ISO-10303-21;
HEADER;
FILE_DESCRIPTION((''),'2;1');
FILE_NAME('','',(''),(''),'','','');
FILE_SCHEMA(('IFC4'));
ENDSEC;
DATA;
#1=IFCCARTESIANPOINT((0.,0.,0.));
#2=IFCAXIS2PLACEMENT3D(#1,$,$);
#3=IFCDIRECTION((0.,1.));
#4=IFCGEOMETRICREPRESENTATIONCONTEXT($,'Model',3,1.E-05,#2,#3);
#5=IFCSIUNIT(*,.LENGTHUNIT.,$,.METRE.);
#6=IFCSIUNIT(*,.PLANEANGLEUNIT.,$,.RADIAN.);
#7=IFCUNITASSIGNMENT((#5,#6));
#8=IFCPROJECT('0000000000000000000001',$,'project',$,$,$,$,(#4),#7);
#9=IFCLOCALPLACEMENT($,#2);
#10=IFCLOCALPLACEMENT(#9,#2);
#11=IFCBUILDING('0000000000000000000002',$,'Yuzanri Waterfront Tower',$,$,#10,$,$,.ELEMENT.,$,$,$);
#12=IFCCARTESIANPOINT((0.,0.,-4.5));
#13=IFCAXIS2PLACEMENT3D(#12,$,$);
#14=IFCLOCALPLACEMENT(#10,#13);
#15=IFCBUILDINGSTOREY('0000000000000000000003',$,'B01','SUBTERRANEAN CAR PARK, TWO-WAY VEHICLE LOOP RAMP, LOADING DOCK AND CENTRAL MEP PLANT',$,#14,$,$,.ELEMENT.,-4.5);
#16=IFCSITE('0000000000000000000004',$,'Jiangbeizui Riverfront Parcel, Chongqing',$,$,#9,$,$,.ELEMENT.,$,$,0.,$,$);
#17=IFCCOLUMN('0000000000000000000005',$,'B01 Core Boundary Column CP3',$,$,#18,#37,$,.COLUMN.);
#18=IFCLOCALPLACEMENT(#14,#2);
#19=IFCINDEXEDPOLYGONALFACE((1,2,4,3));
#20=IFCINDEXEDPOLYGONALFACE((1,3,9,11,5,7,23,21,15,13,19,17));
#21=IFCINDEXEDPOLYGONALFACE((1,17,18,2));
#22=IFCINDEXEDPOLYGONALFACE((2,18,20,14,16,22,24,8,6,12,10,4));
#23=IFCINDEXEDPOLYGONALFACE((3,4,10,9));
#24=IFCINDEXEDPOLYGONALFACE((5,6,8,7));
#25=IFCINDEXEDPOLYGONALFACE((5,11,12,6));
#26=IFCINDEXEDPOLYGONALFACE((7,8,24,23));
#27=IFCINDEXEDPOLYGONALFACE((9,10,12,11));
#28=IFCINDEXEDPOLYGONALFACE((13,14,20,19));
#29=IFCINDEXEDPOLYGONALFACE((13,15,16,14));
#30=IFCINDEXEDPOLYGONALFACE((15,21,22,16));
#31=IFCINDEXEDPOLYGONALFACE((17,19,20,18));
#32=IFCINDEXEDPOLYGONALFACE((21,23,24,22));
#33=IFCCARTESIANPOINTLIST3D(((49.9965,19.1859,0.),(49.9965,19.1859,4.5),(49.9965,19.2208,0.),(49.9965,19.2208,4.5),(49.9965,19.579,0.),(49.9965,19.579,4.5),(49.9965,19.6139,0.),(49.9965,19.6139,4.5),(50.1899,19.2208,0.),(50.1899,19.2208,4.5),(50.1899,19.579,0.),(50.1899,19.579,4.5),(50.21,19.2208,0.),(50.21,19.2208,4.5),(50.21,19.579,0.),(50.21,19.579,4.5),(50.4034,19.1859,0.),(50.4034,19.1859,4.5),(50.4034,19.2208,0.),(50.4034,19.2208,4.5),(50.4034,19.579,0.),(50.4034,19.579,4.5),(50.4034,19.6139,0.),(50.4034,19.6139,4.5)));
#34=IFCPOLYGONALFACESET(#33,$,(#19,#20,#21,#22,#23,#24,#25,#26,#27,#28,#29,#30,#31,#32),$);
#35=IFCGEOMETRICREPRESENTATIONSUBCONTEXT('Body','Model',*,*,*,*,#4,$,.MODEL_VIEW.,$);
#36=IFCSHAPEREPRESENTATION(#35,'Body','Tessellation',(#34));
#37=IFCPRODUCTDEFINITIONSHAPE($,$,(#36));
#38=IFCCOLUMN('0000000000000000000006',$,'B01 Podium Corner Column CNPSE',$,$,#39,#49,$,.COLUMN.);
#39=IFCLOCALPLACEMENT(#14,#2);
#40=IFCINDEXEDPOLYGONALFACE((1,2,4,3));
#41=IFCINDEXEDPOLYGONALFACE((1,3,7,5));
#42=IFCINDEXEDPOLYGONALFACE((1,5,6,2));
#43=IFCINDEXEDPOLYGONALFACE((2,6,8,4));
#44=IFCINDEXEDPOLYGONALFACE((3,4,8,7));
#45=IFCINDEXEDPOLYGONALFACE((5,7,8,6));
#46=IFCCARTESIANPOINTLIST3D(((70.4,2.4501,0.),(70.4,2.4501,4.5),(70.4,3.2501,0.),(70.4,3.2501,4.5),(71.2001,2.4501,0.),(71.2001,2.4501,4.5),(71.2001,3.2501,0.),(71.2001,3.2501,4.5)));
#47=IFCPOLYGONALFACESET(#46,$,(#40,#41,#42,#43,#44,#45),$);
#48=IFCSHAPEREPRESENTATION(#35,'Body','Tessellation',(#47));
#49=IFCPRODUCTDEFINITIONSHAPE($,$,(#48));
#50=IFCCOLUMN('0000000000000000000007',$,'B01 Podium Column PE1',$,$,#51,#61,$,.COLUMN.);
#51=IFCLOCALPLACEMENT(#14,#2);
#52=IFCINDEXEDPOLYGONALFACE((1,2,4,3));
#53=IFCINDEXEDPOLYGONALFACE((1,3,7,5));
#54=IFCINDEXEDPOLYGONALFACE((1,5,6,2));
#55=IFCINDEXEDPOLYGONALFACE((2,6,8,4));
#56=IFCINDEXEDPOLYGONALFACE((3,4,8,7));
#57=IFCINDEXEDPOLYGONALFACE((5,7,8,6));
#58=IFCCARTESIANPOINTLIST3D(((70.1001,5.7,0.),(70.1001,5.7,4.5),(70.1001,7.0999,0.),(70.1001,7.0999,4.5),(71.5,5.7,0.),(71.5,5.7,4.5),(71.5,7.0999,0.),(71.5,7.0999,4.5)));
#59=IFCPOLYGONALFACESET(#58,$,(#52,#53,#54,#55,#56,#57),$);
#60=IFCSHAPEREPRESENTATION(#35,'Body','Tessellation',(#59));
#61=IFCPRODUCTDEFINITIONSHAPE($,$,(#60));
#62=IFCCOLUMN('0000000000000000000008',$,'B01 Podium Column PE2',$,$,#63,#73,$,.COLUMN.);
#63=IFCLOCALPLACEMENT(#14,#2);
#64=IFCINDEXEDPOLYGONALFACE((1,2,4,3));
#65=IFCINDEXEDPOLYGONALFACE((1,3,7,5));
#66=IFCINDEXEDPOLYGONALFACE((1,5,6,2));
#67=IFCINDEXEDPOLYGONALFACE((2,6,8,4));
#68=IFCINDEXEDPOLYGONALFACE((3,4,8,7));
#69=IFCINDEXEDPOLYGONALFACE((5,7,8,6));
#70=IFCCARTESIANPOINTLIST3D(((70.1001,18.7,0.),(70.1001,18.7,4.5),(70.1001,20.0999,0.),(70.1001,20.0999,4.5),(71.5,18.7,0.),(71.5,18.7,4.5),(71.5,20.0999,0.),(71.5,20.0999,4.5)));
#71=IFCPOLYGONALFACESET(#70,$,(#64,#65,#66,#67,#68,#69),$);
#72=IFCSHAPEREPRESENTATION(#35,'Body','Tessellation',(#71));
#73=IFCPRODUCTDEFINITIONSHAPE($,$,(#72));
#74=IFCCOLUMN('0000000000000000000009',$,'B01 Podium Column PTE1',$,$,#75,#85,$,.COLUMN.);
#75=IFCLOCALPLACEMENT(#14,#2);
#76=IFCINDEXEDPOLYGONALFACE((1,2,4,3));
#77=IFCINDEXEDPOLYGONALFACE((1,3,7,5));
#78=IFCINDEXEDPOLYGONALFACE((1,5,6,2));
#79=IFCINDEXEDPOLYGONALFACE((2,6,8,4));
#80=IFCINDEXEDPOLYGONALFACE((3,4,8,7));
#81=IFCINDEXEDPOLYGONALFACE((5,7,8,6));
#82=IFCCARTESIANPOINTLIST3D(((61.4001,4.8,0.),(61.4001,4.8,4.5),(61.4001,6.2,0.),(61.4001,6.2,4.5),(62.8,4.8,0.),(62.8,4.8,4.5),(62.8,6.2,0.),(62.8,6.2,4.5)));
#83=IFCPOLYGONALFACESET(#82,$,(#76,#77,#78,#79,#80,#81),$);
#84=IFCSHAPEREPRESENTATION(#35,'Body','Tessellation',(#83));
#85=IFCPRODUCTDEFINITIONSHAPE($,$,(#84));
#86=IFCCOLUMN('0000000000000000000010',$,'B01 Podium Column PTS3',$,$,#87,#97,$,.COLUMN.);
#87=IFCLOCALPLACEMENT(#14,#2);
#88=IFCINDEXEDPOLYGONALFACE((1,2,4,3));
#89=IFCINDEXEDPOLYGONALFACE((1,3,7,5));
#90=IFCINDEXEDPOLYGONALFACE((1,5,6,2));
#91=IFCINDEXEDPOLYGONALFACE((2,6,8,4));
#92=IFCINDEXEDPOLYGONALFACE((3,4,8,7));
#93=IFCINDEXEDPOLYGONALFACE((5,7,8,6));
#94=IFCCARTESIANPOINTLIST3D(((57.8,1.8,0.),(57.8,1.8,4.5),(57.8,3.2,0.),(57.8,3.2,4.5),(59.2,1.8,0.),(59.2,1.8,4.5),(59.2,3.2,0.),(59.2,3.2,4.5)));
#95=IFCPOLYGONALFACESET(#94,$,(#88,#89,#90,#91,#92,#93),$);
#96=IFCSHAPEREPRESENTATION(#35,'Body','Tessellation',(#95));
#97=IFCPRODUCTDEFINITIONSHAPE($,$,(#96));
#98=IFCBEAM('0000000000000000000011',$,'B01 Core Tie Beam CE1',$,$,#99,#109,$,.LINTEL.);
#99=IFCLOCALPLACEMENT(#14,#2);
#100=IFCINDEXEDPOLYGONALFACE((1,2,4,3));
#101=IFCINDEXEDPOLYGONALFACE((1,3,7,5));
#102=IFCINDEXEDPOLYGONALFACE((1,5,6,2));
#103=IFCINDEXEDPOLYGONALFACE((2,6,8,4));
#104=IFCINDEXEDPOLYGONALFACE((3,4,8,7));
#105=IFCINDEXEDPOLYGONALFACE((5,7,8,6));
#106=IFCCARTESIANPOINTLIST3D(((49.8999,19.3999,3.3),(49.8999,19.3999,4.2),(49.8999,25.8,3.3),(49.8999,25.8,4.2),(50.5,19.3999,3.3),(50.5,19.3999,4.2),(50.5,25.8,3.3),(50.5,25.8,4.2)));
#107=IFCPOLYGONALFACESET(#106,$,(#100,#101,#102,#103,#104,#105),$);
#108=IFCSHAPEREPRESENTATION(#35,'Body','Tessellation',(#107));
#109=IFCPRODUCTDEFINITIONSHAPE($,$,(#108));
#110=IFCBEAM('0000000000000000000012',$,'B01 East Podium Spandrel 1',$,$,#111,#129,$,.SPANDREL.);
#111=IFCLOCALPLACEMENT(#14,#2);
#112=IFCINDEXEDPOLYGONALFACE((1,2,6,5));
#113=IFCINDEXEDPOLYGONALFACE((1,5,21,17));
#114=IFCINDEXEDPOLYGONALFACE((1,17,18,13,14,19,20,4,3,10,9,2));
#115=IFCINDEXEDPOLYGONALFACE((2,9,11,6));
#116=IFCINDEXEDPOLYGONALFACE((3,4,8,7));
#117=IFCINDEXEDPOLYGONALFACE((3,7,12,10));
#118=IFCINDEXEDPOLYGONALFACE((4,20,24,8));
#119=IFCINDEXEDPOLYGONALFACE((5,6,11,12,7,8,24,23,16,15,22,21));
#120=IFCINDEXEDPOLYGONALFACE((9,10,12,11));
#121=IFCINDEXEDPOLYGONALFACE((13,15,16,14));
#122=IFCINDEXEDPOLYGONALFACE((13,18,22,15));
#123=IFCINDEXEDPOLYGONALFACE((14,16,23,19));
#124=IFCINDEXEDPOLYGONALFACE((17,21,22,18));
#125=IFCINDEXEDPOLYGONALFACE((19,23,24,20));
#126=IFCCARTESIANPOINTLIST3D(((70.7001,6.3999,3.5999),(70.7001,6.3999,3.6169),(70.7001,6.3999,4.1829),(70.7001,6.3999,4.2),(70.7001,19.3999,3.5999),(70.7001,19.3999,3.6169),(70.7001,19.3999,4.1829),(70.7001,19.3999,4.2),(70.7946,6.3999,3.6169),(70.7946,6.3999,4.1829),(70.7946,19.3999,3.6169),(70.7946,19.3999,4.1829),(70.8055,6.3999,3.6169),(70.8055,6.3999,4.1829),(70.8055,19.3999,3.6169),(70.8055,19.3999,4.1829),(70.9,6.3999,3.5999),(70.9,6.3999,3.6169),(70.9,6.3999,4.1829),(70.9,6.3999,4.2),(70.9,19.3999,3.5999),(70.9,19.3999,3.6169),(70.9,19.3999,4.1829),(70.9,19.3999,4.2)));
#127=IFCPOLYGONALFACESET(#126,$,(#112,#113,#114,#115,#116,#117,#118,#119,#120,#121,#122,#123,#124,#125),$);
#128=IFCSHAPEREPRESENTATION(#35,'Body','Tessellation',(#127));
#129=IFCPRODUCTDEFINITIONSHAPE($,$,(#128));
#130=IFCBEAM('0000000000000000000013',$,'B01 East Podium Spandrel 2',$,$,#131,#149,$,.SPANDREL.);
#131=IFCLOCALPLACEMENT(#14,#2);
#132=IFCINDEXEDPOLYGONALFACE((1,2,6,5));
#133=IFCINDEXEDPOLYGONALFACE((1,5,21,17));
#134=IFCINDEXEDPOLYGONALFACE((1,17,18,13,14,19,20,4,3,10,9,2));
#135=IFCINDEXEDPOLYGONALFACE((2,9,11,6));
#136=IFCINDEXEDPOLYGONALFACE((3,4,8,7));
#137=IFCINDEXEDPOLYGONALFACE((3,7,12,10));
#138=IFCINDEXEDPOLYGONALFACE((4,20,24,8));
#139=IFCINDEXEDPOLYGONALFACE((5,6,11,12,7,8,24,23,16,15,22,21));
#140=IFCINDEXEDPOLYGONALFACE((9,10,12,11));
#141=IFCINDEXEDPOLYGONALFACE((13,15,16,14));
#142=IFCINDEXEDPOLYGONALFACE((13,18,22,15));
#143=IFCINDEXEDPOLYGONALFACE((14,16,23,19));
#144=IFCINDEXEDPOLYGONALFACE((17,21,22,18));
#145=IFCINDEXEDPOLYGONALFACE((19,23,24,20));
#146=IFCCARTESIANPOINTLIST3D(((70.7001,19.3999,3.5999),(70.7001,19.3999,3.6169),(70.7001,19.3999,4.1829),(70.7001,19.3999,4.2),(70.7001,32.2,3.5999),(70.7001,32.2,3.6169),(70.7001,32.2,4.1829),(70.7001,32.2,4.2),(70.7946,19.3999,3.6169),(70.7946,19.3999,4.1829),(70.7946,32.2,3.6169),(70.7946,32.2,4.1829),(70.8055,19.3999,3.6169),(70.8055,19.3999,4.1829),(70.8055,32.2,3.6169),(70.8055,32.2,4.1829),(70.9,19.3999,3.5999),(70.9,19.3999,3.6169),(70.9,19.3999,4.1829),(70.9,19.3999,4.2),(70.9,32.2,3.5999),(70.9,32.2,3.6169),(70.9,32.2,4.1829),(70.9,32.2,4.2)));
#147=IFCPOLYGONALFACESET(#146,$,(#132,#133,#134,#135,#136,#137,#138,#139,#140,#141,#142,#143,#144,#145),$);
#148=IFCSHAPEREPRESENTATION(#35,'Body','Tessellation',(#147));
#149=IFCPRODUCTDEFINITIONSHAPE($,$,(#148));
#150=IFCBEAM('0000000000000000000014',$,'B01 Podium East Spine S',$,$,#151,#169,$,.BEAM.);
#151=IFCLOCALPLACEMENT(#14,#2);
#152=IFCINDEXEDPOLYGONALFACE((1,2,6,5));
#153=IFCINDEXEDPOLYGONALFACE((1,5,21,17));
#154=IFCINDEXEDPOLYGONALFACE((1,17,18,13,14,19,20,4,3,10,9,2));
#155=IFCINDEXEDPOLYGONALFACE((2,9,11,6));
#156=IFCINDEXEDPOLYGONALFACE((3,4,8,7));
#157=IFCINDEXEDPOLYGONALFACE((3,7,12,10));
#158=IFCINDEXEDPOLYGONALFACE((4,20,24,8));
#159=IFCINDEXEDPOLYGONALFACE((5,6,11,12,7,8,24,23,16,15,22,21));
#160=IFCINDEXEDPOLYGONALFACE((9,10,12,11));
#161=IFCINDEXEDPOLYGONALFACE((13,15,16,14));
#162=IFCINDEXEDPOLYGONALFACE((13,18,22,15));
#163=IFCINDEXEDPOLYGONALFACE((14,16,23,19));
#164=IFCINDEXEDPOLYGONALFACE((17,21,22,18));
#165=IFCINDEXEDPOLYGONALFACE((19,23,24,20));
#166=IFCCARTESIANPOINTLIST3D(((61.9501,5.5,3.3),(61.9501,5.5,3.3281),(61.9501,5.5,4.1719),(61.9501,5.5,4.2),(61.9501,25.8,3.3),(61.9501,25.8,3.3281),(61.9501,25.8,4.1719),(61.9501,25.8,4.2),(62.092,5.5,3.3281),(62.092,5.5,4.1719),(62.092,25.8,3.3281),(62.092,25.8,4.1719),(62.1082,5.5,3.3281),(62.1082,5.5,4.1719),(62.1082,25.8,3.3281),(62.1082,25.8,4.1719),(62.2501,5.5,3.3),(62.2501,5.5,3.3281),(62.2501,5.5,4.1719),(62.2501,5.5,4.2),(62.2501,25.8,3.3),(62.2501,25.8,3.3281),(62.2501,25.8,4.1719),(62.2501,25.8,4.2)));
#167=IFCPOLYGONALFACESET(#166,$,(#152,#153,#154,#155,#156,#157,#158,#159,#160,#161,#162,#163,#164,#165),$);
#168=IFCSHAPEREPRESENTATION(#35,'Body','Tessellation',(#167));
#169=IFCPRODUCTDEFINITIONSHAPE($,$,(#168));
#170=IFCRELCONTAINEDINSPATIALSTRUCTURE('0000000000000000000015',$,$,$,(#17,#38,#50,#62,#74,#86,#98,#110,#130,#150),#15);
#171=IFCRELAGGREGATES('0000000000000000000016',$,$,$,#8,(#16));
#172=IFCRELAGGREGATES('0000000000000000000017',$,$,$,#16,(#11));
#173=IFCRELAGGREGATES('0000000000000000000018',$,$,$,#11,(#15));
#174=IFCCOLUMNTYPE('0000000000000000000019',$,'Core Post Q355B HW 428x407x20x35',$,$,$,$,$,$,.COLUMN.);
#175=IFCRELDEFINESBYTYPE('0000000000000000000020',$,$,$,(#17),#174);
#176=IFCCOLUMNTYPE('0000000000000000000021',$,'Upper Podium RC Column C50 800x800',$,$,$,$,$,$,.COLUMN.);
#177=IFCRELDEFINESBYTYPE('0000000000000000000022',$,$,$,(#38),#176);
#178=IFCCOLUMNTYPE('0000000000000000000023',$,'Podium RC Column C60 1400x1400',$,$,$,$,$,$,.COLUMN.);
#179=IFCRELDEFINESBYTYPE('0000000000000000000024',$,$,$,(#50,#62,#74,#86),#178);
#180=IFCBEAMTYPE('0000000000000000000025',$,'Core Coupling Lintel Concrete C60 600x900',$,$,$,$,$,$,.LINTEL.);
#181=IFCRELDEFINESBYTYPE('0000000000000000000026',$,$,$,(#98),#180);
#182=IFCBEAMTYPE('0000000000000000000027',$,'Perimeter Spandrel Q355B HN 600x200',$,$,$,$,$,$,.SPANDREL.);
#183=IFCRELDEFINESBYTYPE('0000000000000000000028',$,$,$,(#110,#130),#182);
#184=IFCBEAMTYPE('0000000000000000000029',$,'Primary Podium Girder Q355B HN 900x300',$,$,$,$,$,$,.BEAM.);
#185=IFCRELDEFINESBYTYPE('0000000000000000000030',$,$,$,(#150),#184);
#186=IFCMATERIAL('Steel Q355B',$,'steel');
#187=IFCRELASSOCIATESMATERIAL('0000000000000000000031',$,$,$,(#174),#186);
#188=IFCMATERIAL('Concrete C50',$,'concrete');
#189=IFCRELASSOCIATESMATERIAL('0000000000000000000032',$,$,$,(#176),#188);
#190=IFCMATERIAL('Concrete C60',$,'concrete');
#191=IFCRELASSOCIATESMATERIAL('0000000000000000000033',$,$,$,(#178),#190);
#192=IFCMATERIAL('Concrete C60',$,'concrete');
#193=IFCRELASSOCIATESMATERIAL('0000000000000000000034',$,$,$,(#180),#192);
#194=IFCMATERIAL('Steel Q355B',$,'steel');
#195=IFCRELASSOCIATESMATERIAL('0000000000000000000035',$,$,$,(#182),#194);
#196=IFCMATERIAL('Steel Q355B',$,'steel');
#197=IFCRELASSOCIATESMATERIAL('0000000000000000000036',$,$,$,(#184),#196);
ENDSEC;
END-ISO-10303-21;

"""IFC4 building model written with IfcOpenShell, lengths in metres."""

from ifc_helpers import new_model, si_unit, direction, frame, origin, origin_2d, place, context, subcontext, project, spatial, rectangle, i_section, extrude, source, transform, mapped, material, material_profile, profile_set, type_object, element, save


model = new_model("IFC4")

# Units and contexts
model_context = context("Model", 3, precision=1e-05, world=origin(), true_north=direction((0.0, 1.0)))
body_context = subcontext(model_context, "Body", "Model", "MODEL_VIEW")
ifc_project = project(units=[si_unit("LENGTHUNIT", "METRE"), si_unit("PLANEANGLEUNIT", "RADIAN")], contexts=[model_context])

# Site, building, storey
site_placement = place(None, origin())
site = spatial("IfcSite", under=ifc_project, at=site_placement, Name="Jiangbeizui Riverfront Parcel, Chongqing", CompositionType="ELEMENT", RefElevation=0.0)
building_placement = place(site_placement, origin())
building = spatial("IfcBuilding", under=site, at=building_placement, Name="Yuzanri Waterfront Tower", CompositionType="ELEMENT")
storey_placement = place(building_placement, frame((0.0, 0.0, -4.5)))
storey = spatial("IfcBuildingStorey", under=building, at=storey_placement, Name="B01", Description="SUBTERRANEAN CAR PARK, TWO-WAY VEHICLE LOOP RAMP, LOADING DOCK AND CENTRAL MEP PLANT", CompositionType="ELEMENT", Elevation=-4.5)

# Columns
ifc_material_1 = material(Name="Steel Q355B", Category="steel")
ifc_material_profile_1 = material_profile(ifc_material_1, i_section(OverallWidth=0.407, OverallDepth=0.428, WebThickness=0.02, FlangeThickness=0.0349, at=origin_2d()), Name="HW 428x407x20x35")
ifc_profile_set_1 = profile_set([ifc_material_profile_1], Name="Steel Q355B")
column_type_1 = type_object("IfcColumnType", Name="Core Post Q355B HW 428x407x20x35", PredefinedType="COLUMN", material=ifc_profile_set_1)
shared_shape_1 = source(origin(), body_context, "Body", "SweptSolid", [
    extrude(i_section(OverallWidth=0.407, OverallDepth=0.428, WebThickness=0.02, FlangeThickness=0.0349, at=origin_2d()), origin(), (0.0, 0.0, 1.0), 4.5),
])
column_1_placement = place(storey_placement, frame((50.2, 19.3999, 0.0), z_axis=(0.0, 0.0, 1.0), x_axis=(1.0, 0.0, 0.0)))
element("IfcColumn", 1, at=column_1_placement, inside=storey, type_object=column_type_1, Name="B01 Core Boundary Column CP3", PredefinedType="COLUMN", context=body_context, shape_type="MappedRepresentation", body=[
    mapped(shared_shape_1, transform((0.0, 0.0, 0.0), scale=1.0)),
])
ifc_material_2 = material(Name="Concrete C50", Category="concrete")
ifc_material_profile_2 = material_profile(ifc_material_2, rectangle(XDim=0.8, YDim=0.8, at=origin_2d()), Name="RC 800x800")
ifc_profile_set_2 = profile_set([ifc_material_profile_2], Name="Concrete C50")
column_type_2 = type_object("IfcColumnType", Name="Upper Podium RC Column C50 800x800", PredefinedType="COLUMN", material=ifc_profile_set_2)
shared_shape_2 = source(origin(), body_context, "Body", "SweptSolid", [
    extrude(rectangle(XDim=0.8, YDim=0.8, at=origin_2d()), origin(), (0.0, 0.0, 1.0), 4.5),
])
column_2_placement = place(storey_placement, frame((70.8, 2.8501, 0.0), z_axis=(0.0, 0.0, 1.0), x_axis=(1.0, 0.0, 0.0)))
element("IfcColumn", 2, at=column_2_placement, inside=storey, type_object=column_type_2, Name="B01 Podium Corner Column CNPSE", PredefinedType="COLUMN", context=body_context, shape_type="MappedRepresentation", body=[
    mapped(shared_shape_2, transform((0.0, 0.0, 0.0), scale=1.0)),
])
ifc_material_3 = material(Name="Concrete C60", Category="concrete")
ifc_material_profile_3 = material_profile(ifc_material_3, rectangle(XDim=1.3999, YDim=1.3999, at=origin_2d()), Name="RC 1400x1400")
ifc_profile_set_3 = profile_set([ifc_material_profile_3], Name="Concrete C60")
column_type_3 = type_object("IfcColumnType", Name="Podium RC Column C60 1400x1400", PredefinedType="COLUMN", material=ifc_profile_set_3)
shared_shape_3 = source(origin(), body_context, "Body", "SweptSolid", [
    extrude(rectangle(XDim=1.3999, YDim=1.3999, at=origin_2d()), origin(), (0.0, 0.0, 1.0), 4.5),
])
for number, where, z_axis, x_axis, name in (
    (3, (70.8, 6.3999, 0.0), (0.0, 0.0, 1.0), (1.0, 0.0, 0.0), "B01 Podium Column PE1"),
    (4, (70.8, 19.3999, 0.0), (0.0, 0.0, 1.0), (1.0, 0.0, 0.0), "B01 Podium Column PE2"),
    (5, (62.1001, 5.5, 0.0), (0.0, 0.0, 1.0), (1.0, 0.0, 0.0), "B01 Podium Column PTE1"),
    (6, (58.5, 2.5, 0.0), (0.0, 0.0, 1.0), (1.0, 0.0, 0.0), "B01 Podium Column PTS3"),
):
    element("IfcColumn", number, at=place(storey_placement, frame(where, z_axis=z_axis, x_axis=x_axis)), inside=storey, type_object=column_type_3, Name=name, PredefinedType="COLUMN", context=body_context, shape_type="MappedRepresentation", body=[
        mapped(shared_shape_3, transform((0.0, 0.0, 0.0), scale=1.0)),
    ])

# Beams
ifc_material_4 = material(Name="Concrete C60", Category="concrete")
ifc_material_profile_4 = material_profile(ifc_material_4, rectangle(XDim=0.6001, YDim=0.8999, at=origin_2d()), Name="RC 600x900")
ifc_profile_set_4 = profile_set([ifc_material_profile_4], Name="Concrete C60")
beam_type_1 = type_object("IfcBeamType", Name="Core Coupling Lintel Concrete C60 600x900", PredefinedType="LINTEL", material=ifc_profile_set_4)
shared_shape_4 = source(origin(), body_context, "Body", "SweptSolid", [
    extrude(rectangle(XDim=0.6001, YDim=0.8999, at=origin_2d()), origin(), (0.0, 0.0, 1.0), 6.4001),
])
beam_1_placement = place(storey_placement, frame((50.2, 19.3999, 3.75), z_axis=(0.0, 1.0, 0.0), x_axis=(-1.0, 0.0, 0.0)))
element("IfcBeam", 7, at=beam_1_placement, inside=storey, type_object=beam_type_1, Name="B01 Core Tie Beam CE1", PredefinedType="LINTEL", context=body_context, shape_type="MappedRepresentation", body=[
    mapped(shared_shape_4, transform((0.0, 0.0, 0.0), scale=1.0)),
])
ifc_material_5 = material(Name="Steel Q355B", Category="steel")
ifc_material_profile_5 = material_profile(ifc_material_5, i_section(OverallWidth=0.2, OverallDepth=0.6001, WebThickness=0.011, FlangeThickness=0.0171, at=origin_2d()), Name="HN 600x200x11x17")
ifc_profile_set_5 = profile_set([ifc_material_profile_5], Name="Steel Q355B")
beam_type_2 = type_object("IfcBeamType", Name="Perimeter Spandrel Q355B HN 600x200", PredefinedType="SPANDREL", material=ifc_profile_set_5)
shared_shape_5 = source(origin(), body_context, "Body", "SweptSolid", [
    extrude(i_section(OverallWidth=0.2, OverallDepth=0.6001, WebThickness=0.011, FlangeThickness=0.0171, at=origin_2d()), origin(), (0.0, 0.0, 1.0), 13.0),
])
beam_2_placement = place(storey_placement, frame((70.8, 6.3999, 3.8999), z_axis=(0.0, 1.0, 0.0), x_axis=(-1.0, 0.0, 0.0)))
element("IfcBeam", 8, at=beam_2_placement, inside=storey, type_object=beam_type_2, Name="B01 East Podium Spandrel 1", PredefinedType="SPANDREL", context=body_context, shape_type="MappedRepresentation", body=[
    mapped(shared_shape_5, transform((0.0, 0.0, 0.0), scale=1.0)),
])
shared_shape_6 = source(origin(), body_context, "Body", "SweptSolid", [
    extrude(i_section(OverallWidth=0.2, OverallDepth=0.6001, WebThickness=0.011, FlangeThickness=0.0171, at=origin_2d()), origin(), (0.0, 0.0, 1.0), 12.8),
])
beam_3_placement = place(storey_placement, frame((70.8, 19.3999, 3.8999), z_axis=(0.0, 1.0, 0.0), x_axis=(-1.0, 0.0, 0.0)))
element("IfcBeam", 9, at=beam_3_placement, inside=storey, type_object=beam_type_2, Name="B01 East Podium Spandrel 2", PredefinedType="SPANDREL", context=body_context, shape_type="MappedRepresentation", body=[
    mapped(shared_shape_6, transform((0.0, 0.0, 0.0), scale=1.0)),
])
ifc_material_6 = material(Name="Steel Q355B", Category="steel")
ifc_material_profile_6 = material_profile(ifc_material_6, i_section(OverallWidth=0.3, OverallDepth=0.8999, WebThickness=0.0161, FlangeThickness=0.0281, at=origin_2d()), Name="HN 900x300x16x28")
ifc_profile_set_6 = profile_set([ifc_material_profile_6], Name="Steel Q355B")
beam_type_3 = type_object("IfcBeamType", Name="Primary Podium Girder Q355B HN 900x300", PredefinedType="BEAM", material=ifc_profile_set_6)
shared_shape_7 = source(origin(), body_context, "Body", "SweptSolid", [
    extrude(i_section(OverallWidth=0.3, OverallDepth=0.8999, WebThickness=0.0161, FlangeThickness=0.0281, at=origin_2d()), origin(), (0.0, 0.0, 1.0), 20.3),
])
beam_4_placement = place(storey_placement, frame((62.1001, 5.5, 3.75), z_axis=(0.0, 1.0, 0.0), x_axis=(-1.0, 0.0, 0.0)))
element("IfcBeam", 10, at=beam_4_placement, inside=storey, type_object=beam_type_3, Name="B01 Podium East Spine S", PredefinedType="BEAM", context=body_context, shape_type="MappedRepresentation", body=[
    mapped(shared_shape_7, transform((0.0, 0.0, 0.0), scale=1.0)),
])

save(model, "model.ifc")
